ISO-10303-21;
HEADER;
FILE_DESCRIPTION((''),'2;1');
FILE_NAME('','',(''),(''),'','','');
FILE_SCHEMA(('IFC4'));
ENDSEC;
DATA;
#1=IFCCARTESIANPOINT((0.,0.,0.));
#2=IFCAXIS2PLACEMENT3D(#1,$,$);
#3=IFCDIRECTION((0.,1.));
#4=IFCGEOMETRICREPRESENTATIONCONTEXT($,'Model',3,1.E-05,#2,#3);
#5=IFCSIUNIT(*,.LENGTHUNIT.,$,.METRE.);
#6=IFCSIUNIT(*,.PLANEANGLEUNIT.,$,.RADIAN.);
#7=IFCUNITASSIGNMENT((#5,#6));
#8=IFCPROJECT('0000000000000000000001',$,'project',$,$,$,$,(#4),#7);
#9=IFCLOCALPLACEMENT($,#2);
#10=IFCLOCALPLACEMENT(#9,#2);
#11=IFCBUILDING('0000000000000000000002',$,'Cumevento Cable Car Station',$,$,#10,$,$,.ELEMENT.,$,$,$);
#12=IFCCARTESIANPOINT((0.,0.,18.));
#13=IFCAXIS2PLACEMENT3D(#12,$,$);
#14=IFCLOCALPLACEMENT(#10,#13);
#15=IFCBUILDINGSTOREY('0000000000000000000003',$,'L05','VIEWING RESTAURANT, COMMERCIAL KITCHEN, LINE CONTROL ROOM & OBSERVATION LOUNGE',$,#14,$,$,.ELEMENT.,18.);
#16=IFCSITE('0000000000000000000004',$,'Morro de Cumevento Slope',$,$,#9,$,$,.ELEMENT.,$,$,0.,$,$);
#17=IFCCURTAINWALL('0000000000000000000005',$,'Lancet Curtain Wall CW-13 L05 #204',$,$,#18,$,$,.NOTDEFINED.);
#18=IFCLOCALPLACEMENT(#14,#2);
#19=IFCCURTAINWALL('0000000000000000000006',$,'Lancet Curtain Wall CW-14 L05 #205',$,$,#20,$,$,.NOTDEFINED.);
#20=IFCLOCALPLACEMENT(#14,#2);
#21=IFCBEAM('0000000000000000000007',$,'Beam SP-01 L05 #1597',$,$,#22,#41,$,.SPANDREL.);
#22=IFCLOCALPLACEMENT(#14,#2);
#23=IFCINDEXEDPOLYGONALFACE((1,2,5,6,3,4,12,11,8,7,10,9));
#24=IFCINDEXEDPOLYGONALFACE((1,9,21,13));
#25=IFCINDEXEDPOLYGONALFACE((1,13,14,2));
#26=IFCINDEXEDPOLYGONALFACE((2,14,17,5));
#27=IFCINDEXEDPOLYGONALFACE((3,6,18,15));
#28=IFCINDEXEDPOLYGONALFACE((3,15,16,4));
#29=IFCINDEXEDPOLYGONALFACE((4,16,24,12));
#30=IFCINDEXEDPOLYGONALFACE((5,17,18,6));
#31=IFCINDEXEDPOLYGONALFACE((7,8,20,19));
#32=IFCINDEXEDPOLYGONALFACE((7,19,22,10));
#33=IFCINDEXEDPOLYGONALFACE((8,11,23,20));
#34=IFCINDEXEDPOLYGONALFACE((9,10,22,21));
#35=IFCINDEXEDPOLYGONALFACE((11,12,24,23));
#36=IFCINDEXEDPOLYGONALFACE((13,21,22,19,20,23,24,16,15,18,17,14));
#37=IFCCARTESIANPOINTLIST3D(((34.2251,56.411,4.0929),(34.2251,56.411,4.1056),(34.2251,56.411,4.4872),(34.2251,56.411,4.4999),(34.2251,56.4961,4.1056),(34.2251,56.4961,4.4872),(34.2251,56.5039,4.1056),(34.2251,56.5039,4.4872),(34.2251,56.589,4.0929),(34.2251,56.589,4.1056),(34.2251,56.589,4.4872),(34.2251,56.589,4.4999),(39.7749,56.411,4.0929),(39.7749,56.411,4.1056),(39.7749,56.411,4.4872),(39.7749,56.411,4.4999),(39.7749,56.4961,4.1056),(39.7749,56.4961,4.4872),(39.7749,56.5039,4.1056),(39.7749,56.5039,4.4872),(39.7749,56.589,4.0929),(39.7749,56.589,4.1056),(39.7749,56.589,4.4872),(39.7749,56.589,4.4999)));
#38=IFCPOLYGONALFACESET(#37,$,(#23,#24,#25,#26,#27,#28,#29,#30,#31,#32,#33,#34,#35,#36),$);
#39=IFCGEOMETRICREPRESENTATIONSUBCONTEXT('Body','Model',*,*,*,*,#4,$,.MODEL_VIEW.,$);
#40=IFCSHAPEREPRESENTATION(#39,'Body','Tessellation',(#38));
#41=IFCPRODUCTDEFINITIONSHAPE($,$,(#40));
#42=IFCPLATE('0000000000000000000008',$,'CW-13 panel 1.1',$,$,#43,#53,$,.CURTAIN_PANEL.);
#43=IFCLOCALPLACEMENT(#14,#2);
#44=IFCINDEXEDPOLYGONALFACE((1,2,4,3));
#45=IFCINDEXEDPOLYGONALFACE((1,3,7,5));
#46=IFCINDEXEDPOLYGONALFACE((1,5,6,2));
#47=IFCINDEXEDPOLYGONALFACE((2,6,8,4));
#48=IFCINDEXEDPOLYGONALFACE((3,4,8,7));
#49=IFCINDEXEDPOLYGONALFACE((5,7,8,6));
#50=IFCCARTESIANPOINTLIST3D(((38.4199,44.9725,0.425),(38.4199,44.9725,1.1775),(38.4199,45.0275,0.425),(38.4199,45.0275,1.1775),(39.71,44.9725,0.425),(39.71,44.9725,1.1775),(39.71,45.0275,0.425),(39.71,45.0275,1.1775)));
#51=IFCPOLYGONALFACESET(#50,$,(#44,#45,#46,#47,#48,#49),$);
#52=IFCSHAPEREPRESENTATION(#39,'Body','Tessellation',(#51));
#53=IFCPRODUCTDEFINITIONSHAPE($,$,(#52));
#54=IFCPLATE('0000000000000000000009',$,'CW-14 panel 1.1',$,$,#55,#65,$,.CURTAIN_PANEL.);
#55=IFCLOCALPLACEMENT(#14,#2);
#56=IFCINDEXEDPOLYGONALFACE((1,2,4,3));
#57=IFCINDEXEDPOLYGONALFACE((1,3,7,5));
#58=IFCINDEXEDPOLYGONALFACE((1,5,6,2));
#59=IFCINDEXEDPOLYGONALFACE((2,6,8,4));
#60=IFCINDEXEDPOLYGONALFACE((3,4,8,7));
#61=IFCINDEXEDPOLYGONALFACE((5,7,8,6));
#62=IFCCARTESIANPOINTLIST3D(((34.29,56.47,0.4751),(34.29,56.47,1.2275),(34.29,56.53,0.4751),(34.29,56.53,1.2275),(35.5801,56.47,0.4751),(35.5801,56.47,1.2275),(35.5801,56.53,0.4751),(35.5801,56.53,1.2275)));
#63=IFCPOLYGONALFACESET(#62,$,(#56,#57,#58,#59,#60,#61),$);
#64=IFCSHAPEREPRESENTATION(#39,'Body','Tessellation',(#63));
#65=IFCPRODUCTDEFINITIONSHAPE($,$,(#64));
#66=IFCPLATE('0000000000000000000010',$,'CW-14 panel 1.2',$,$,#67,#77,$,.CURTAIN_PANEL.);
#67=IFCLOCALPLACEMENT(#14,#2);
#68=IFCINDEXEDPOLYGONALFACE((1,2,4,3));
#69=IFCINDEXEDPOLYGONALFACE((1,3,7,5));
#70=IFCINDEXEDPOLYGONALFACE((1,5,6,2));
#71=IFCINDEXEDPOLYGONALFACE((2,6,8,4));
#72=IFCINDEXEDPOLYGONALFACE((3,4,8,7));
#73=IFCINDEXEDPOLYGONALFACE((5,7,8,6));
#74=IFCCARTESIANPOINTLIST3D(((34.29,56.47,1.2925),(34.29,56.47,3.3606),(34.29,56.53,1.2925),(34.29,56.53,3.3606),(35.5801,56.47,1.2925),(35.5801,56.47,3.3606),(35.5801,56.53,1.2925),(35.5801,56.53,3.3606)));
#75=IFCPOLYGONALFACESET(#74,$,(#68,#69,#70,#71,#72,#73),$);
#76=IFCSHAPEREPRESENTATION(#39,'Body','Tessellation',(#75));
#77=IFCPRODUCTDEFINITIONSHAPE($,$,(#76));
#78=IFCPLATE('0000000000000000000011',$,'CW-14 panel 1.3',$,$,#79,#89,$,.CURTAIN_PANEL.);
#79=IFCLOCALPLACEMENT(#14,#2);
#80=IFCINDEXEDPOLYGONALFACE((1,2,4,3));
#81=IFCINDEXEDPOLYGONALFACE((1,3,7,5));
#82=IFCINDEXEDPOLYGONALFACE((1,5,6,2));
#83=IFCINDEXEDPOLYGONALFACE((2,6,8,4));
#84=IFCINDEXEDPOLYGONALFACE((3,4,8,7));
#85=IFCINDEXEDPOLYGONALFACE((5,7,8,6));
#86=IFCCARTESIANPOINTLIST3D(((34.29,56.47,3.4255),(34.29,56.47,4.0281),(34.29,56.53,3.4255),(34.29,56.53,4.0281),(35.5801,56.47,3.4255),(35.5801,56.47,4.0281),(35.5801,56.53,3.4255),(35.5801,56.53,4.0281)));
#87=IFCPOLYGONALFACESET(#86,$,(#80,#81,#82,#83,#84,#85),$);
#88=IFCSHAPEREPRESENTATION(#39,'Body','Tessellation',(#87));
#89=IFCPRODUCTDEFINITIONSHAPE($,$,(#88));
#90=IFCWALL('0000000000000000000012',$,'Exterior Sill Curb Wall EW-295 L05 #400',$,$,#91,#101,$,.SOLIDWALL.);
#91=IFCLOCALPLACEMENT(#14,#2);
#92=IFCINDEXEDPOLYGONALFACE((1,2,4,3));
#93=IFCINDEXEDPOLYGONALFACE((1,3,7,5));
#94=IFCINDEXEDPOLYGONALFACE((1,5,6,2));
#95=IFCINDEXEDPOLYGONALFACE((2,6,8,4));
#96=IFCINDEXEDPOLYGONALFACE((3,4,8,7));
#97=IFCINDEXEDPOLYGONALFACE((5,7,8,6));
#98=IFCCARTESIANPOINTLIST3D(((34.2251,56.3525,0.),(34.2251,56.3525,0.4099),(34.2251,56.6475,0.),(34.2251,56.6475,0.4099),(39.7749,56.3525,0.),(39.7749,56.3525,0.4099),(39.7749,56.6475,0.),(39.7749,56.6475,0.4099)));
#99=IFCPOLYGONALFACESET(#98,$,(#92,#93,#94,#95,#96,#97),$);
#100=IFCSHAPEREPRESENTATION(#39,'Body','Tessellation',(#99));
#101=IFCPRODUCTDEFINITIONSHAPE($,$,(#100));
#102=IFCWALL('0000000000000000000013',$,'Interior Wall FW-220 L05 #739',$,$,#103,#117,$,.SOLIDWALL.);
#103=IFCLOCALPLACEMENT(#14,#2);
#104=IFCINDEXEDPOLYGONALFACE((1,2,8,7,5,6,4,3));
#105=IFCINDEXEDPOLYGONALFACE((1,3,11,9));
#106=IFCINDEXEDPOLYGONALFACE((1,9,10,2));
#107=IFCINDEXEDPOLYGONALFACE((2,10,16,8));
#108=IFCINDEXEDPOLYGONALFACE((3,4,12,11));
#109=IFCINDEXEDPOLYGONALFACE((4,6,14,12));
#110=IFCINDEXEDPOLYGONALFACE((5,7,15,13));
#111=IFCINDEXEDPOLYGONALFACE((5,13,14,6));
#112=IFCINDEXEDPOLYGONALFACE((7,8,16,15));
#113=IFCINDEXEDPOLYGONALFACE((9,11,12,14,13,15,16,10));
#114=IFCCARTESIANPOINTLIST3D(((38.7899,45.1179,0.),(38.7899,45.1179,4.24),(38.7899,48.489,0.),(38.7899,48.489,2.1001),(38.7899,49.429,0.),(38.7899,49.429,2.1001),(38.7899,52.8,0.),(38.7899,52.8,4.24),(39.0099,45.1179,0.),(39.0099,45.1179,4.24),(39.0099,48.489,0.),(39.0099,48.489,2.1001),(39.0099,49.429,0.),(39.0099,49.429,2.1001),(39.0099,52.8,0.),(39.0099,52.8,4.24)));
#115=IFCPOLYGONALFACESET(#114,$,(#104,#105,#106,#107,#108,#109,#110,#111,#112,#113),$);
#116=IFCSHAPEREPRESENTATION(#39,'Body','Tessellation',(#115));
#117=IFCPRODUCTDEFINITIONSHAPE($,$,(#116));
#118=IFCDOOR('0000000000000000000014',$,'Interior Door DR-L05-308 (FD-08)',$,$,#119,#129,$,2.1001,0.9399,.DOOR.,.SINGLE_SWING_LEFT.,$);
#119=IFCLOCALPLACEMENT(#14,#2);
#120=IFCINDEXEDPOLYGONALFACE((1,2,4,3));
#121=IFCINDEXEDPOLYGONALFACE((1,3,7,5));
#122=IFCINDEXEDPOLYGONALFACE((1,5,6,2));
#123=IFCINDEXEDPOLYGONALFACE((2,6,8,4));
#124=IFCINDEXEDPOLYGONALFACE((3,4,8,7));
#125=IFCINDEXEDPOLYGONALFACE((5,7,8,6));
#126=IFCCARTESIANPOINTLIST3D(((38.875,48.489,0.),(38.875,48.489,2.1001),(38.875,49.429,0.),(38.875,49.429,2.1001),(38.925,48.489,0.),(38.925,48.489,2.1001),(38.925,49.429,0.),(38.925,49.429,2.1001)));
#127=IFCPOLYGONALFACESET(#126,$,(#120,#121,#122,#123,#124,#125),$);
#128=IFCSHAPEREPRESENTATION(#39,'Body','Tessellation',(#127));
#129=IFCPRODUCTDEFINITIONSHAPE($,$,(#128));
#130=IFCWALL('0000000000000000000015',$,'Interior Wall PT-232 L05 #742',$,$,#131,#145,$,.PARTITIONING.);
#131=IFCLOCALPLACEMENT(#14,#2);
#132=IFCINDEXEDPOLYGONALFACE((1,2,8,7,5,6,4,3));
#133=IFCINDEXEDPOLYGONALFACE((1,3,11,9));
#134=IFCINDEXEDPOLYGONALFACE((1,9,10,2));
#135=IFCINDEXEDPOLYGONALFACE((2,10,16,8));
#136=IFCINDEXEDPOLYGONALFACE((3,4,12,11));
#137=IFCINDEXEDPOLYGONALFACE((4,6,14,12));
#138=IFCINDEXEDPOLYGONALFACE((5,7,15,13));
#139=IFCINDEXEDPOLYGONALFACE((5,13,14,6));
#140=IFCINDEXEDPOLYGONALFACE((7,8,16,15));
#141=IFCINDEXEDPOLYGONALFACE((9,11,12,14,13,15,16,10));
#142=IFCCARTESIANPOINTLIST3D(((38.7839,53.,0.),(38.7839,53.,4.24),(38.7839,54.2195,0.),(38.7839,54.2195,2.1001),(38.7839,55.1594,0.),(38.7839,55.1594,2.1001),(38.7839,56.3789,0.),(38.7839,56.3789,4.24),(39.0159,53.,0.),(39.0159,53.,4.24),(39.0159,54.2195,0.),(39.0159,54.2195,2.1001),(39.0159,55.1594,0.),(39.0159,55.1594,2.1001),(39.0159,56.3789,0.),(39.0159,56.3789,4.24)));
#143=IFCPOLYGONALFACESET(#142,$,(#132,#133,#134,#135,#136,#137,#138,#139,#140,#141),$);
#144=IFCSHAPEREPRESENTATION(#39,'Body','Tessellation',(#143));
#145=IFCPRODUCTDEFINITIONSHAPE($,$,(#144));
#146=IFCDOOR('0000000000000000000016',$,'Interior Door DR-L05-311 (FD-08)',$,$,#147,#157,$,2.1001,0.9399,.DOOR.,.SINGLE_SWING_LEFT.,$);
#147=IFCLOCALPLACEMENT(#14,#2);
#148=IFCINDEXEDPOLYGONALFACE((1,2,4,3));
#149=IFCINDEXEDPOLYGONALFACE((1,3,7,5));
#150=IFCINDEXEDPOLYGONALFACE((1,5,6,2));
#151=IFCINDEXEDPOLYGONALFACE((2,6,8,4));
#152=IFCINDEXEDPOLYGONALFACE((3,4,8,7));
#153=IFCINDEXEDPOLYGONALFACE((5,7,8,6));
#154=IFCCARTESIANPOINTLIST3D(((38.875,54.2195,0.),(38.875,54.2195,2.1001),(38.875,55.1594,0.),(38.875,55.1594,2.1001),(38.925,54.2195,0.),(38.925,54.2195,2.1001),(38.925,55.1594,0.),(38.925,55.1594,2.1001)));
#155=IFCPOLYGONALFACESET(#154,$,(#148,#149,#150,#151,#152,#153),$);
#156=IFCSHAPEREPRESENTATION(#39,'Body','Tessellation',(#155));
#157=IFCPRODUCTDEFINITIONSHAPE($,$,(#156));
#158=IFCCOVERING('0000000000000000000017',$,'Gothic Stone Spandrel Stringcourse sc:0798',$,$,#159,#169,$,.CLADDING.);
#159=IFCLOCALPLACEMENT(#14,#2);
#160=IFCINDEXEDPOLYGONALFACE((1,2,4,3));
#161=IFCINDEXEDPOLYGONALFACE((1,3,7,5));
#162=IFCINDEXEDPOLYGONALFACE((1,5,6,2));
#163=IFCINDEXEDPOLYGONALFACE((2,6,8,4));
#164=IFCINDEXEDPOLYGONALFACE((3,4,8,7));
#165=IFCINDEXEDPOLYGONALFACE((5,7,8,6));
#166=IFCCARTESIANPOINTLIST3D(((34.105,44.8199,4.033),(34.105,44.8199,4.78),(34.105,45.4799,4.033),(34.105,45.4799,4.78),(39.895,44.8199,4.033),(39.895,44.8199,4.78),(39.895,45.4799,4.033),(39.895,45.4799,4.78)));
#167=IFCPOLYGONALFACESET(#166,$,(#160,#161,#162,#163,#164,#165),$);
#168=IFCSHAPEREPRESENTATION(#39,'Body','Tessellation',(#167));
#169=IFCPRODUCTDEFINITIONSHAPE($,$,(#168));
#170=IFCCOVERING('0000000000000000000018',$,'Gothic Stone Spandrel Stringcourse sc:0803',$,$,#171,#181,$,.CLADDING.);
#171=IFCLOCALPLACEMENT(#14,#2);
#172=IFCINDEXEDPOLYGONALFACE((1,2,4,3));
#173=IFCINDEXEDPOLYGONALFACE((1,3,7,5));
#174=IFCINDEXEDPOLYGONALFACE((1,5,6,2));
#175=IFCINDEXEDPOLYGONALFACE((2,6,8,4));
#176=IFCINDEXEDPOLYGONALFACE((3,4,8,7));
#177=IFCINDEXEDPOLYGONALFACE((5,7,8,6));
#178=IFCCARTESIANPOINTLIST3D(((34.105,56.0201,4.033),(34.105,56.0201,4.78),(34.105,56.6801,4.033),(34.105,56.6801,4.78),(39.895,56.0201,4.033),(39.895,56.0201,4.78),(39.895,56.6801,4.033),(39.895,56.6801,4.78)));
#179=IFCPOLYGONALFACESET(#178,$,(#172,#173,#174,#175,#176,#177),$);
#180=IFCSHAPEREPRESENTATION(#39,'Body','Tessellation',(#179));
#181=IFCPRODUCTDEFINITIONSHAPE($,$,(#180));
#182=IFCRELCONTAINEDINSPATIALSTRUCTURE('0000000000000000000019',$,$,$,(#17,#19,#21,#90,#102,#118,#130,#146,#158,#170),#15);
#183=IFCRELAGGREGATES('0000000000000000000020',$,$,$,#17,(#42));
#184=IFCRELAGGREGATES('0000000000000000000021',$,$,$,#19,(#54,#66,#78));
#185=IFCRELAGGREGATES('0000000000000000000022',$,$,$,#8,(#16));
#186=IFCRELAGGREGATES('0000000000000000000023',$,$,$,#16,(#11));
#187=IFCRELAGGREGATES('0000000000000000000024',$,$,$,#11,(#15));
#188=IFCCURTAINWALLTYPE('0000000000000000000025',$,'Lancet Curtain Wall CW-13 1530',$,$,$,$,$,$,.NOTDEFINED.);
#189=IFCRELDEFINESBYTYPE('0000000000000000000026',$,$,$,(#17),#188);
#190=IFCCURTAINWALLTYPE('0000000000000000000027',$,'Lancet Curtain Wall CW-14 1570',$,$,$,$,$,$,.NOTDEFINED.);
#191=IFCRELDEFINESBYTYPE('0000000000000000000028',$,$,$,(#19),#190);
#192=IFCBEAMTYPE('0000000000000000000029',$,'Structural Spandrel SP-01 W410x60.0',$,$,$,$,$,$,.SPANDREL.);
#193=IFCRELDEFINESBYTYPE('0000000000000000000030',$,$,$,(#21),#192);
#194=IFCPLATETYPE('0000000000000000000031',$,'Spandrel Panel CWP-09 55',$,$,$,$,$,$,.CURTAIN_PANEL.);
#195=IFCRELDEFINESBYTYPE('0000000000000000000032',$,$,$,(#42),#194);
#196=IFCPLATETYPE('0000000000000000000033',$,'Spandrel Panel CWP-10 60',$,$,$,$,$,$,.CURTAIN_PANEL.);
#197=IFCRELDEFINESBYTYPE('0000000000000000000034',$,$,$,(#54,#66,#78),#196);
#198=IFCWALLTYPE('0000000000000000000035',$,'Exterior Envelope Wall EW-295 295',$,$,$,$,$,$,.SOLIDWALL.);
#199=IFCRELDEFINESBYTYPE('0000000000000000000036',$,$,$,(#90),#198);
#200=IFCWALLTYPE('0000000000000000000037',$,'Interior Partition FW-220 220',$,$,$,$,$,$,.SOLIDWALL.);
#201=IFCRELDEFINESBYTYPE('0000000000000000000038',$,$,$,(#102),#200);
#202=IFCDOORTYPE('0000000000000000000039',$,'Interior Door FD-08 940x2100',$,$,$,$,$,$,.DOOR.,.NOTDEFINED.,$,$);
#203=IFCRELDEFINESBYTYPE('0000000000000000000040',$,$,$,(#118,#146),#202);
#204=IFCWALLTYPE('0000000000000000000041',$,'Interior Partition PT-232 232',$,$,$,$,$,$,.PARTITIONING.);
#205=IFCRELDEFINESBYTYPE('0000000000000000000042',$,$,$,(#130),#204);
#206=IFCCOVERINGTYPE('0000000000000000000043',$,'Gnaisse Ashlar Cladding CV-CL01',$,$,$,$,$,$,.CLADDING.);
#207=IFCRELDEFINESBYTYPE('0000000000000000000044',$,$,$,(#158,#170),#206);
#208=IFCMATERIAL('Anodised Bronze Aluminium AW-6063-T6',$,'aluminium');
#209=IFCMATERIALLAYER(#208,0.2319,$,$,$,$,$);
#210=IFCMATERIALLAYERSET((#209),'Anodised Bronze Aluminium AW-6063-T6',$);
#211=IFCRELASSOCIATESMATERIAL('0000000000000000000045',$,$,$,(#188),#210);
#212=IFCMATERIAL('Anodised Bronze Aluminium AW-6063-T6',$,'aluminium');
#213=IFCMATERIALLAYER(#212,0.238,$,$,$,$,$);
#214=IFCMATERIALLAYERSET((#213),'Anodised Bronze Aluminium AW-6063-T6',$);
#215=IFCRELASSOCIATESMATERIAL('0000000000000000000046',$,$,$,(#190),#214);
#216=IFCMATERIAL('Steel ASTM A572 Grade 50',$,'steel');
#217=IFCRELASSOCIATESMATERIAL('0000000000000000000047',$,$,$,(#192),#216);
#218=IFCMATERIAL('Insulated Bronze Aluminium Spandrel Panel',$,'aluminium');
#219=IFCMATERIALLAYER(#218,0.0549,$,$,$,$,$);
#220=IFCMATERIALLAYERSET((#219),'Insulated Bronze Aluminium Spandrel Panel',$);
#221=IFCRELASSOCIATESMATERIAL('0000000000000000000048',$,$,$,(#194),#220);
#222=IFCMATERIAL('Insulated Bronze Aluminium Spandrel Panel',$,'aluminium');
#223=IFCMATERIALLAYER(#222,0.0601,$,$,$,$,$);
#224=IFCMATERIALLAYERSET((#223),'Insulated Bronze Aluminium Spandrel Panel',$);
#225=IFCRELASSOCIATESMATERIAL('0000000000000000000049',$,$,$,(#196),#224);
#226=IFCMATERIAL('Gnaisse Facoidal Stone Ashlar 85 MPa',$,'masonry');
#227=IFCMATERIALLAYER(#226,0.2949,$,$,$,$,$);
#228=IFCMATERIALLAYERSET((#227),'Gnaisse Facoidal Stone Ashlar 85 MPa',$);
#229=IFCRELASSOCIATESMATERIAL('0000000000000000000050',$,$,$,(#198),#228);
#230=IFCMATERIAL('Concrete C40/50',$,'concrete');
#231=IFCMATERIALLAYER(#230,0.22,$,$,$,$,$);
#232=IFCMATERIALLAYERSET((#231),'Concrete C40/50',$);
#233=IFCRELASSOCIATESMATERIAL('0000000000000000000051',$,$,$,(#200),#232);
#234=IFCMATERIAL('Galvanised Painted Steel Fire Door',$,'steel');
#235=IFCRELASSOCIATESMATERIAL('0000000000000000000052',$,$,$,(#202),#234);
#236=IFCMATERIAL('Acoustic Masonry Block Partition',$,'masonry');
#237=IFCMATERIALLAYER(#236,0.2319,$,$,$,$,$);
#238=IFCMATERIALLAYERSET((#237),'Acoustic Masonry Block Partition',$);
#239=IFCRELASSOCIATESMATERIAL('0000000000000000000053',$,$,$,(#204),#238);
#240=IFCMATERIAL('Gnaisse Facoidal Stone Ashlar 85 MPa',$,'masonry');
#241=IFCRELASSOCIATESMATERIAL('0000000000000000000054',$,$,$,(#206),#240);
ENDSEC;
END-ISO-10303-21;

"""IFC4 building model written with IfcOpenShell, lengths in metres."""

from ifc_helpers import new_model, si_unit, direction, frame, frame_2d, origin, origin_2d, place, context, subcontext, project, spatial, rectangle, i_section, extrude, material, layer, layer_set, material_profile, profile_set, type_object, element, fill, aggregate, save


model = new_model("IFC4")

# Units and contexts
model_context = context("Model", 3, precision=1e-05, world=origin(), true_north=direction((0.0, 1.0)))
body_context = subcontext(model_context, "Body", "Model", "MODEL_VIEW")
ifc_project = project(units=[si_unit("LENGTHUNIT", "METRE"), si_unit("PLANEANGLEUNIT", "RADIAN")], contexts=[model_context])

# Site, building, storey
site_placement = place(None, origin())
site = spatial("IfcSite", under=ifc_project, at=site_placement, Name="Morro de Cumevento Slope", CompositionType="ELEMENT", RefElevation=0.0)
building_placement = place(site_placement, origin())
building = spatial("IfcBuilding", under=site, at=building_placement, Name="Cumevento Cable Car Station", CompositionType="ELEMENT")
storey_placement = place(building_placement, frame((0.0, 0.0, 18.0)))
storey = spatial("IfcBuildingStorey", under=building, at=storey_placement, Name="L05", Description="VIEWING RESTAURANT, COMMERCIAL KITCHEN, LINE CONTROL ROOM & OBSERVATION LOUNGE", CompositionType="ELEMENT", Elevation=18.0)

# Curtain wall
ifc_material_1 = material(Name="Anodised Bronze Aluminium AW-6063-T6", Category="aluminium")
ifc_layer_1 = layer(ifc_material_1, 0.2319)
ifc_layer_set_1 = layer_set([ifc_layer_1], Name="Anodised Bronze Aluminium AW-6063-T6")
curtain_wall_type_1 = type_object("IfcCurtainWallType", Name="Lancet Curtain Wall CW-13 1530", PredefinedType="NOTDEFINED", material=ifc_layer_set_1)
curtain_wall_1_placement = place(storey_placement, origin())
curtain_wall_1 = element("IfcCurtainWall", 1, at=curtain_wall_1_placement, inside=storey, type_object=curtain_wall_type_1, Name="Lancet Curtain Wall CW-13 L05 #204", PredefinedType="NOTDEFINED")

# Curtain wall
ifc_material_2 = material(Name="Anodised Bronze Aluminium AW-6063-T6", Category="aluminium")
ifc_layer_2 = layer(ifc_material_2, 0.238)
ifc_layer_set_2 = layer_set([ifc_layer_2], Name="Anodised Bronze Aluminium AW-6063-T6")
curtain_wall_type_2 = type_object("IfcCurtainWallType", Name="Lancet Curtain Wall CW-14 1570", PredefinedType="NOTDEFINED", material=ifc_layer_set_2)
curtain_wall_2_placement = place(storey_placement, origin())
curtain_wall_2 = element("IfcCurtainWall", 2, at=curtain_wall_2_placement, inside=storey, type_object=curtain_wall_type_2, Name="Lancet Curtain Wall CW-14 L05 #205", PredefinedType="NOTDEFINED")

# Beam
ifc_material_3 = material(Name="Steel ASTM A572 Grade 50", Category="steel")
ifc_material_profile_1 = material_profile(ifc_material_3, i_section(OverallWidth=0.178, OverallDepth=0.407, WebThickness=0.0078, FlangeThickness=0.0127, at=origin_2d()), Name="W410x60.0")
ifc_profile_set_1 = profile_set([ifc_material_profile_1], Name="Steel ASTM A572 Grade 50")
beam_type_1 = type_object("IfcBeamType", Name="Structural Spandrel SP-01 W410x60.0", PredefinedType="SPANDREL", material=ifc_profile_set_1)
beam_1_placement = place(storey_placement, frame((34.2251, 56.5, 4.2964), z_axis=(1.0, 0.0, 0.0), x_axis=(0.0, 1.0, 0.0)))
element("IfcBeam", 3, at=beam_1_placement, inside=storey, type_object=beam_type_1, Name="Beam SP-01 L05 #1597", PredefinedType="SPANDREL", context=body_context, shape_type="SweptSolid", body=[
    extrude(i_section(OverallWidth=0.178, OverallDepth=0.407, WebThickness=0.0078, FlangeThickness=0.0127, at=origin_2d()), origin(), (0.0, 0.0, 1.0), 5.5498),
])

# Plates
ifc_material_4 = material(Name="Insulated Bronze Aluminium Spandrel Panel", Category="aluminium")
ifc_layer_3 = layer(ifc_material_4, 0.0549)
ifc_layer_set_3 = layer_set([ifc_layer_3], Name="Insulated Bronze Aluminium Spandrel Panel")
plate_type_1 = type_object("IfcPlateType", Name="Spandrel Panel CWP-09 55", PredefinedType="CURTAIN_PANEL", material=ifc_layer_set_3)
plate_1_placement = place(storey_placement, frame((39.0649, 45.0, 0.425), z_axis=(0.0, 0.0, 1.0), x_axis=(-1.0, 0.0, 0.0)))
plate_1 = element("IfcPlate", 4, at=plate_1_placement, type_object=plate_type_1, Name="CW-13 panel 1.1", PredefinedType="CURTAIN_PANEL", context=body_context, shape_type="SweptSolid", body=[
    extrude(rectangle(XDim=1.29, YDim=0.0549, at=origin_2d()), origin(), (0.0, 0.0, 1.0), 0.7524),
])
aggregate(curtain_wall_1, [plate_1])
ifc_material_5 = material(Name="Insulated Bronze Aluminium Spandrel Panel", Category="aluminium")
ifc_layer_4 = layer(ifc_material_5, 0.0601)
ifc_layer_set_4 = layer_set([ifc_layer_4], Name="Insulated Bronze Aluminium Spandrel Panel")
plate_type_2 = type_object("IfcPlateType", Name="Spandrel Panel CWP-10 60", PredefinedType="CURTAIN_PANEL", material=ifc_layer_set_4)
plate_2_placement = place(storey_placement, frame((34.9351, 56.5, 0.4751), z_axis=(0.0, 0.0, 1.0), x_axis=(1.0, 0.0, 0.0)))
plate_2 = element("IfcPlate", 5, at=plate_2_placement, type_object=plate_type_2, Name="CW-14 panel 1.1", PredefinedType="CURTAIN_PANEL", context=body_context, shape_type="SweptSolid", body=[
    extrude(rectangle(XDim=1.29, YDim=0.0601, at=origin_2d()), origin(), (0.0, 0.0, 1.0), 0.7524),
])
plate_3_placement = place(storey_placement, frame((34.9351, 56.5, 1.2925), z_axis=(0.0, 0.0, 1.0), x_axis=(1.0, 0.0, 0.0)))
plate_3 = element("IfcPlate", 6, at=plate_3_placement, type_object=plate_type_2, Name="CW-14 panel 1.2", PredefinedType="CURTAIN_PANEL", context=body_context, shape_type="SweptSolid", body=[
    extrude(rectangle(XDim=1.29, YDim=0.0601, at=origin_2d()), origin(), (0.0, 0.0, 1.0), 2.0681),
])
plate_4_placement = place(storey_placement, frame((34.9351, 56.5, 3.4255), z_axis=(0.0, 0.0, 1.0), x_axis=(1.0, 0.0, 0.0)))
plate_4 = element("IfcPlate", 7, at=plate_4_placement, type_object=plate_type_2, Name="CW-14 panel 1.3", PredefinedType="CURTAIN_PANEL", context=body_context, shape_type="SweptSolid", body=[
    extrude(rectangle(XDim=1.29, YDim=0.0601, at=origin_2d()), origin(), (0.0, 0.0, 1.0), 0.6025),
])
aggregate(curtain_wall_2, [plate_2, plate_3, plate_4])

# Wall
ifc_material_6 = material(Name="Gnaisse Facoidal Stone Ashlar 85 MPa", Category="masonry")
ifc_layer_5 = layer(ifc_material_6, 0.2949)
ifc_layer_set_5 = layer_set([ifc_layer_5], Name="Gnaisse Facoidal Stone Ashlar 85 MPa")
wall_type_1 = type_object("IfcWallType", Name="Exterior Envelope Wall EW-295 295", PredefinedType="SOLIDWALL", material=ifc_layer_set_5)
wall_1_placement = place(storey_placement, frame((34.2251, 56.5, 0.0), z_axis=(0.0, 0.0, 1.0), x_axis=(1.0, 0.0, 0.0)))
element("IfcWall", 8, at=wall_1_placement, inside=storey, type_object=wall_type_1, Name="Exterior Sill Curb Wall EW-295 L05 #400", PredefinedType="SOLIDWALL", context=body_context, shape_type="SweptSolid", body=[
    extrude(rectangle(XDim=5.5498, YDim=0.2949, at=frame_2d((2.7749, 0.0))), origin(), (0.0, 0.0, 1.0), 0.4099),
])

# Walls, openings, doors
ifc_material_7 = material(Name="Concrete C40/50", Category="concrete")
ifc_layer_6 = layer(ifc_material_7, 0.22)
ifc_layer_set_6 = layer_set([ifc_layer_6], Name="Concrete C40/50")
wall_type_2 = type_object("IfcWallType", Name="Interior Partition FW-220 220", PredefinedType="SOLIDWALL", material=ifc_layer_set_6)
wall_2_placement = place(storey_placement, frame((38.8999, 45.1179, 0.0), z_axis=(0.0, 0.0, 1.0), x_axis=(0.0, 1.0, 0.0)))
wall_2 = element("IfcWall", 9, at=wall_2_placement, inside=storey, type_object=wall_type_2, Name="Interior Wall FW-220 L05 #739", PredefinedType="SOLIDWALL", context=body_context, shape_type="SweptSolid", body=[
    extrude(rectangle(XDim=7.6821, YDim=0.22, at=frame_2d((3.8411, 0.0))), origin(), (0.0, 0.0, 1.0), 4.24),
])
opening_1_placement = place(wall_2_placement, frame((3.3711, 0.0, 0.0)))
opening_1 = element("IfcOpeningElement", 10, at=opening_1_placement, cuts=wall_2, PredefinedType="OPENING", context=body_context, shape_type="SweptSolid", body=[
    extrude(rectangle(XDim=0.9399, YDim=2.1001, at=frame_2d((0.47, 1.05))), frame((0.0, 0.1199, 0.0), z_axis=(0.0, -1.0, 0.0), x_axis=(1.0, 0.0, 0.0)), (0.0, 0.0, 1.0), 0.24),
])
ifc_material_8 = material(Name="Galvanised Painted Steel Fire Door", Category="steel")
door_type = type_object("IfcDoorType", Name="Interior Door FD-08 940x2100", OperationType="NOTDEFINED", PredefinedType="DOOR", material=ifc_material_8)
door_1_placement = place(opening_1_placement, origin())
door_1 = element("IfcDoor", 11, at=door_1_placement, inside=storey, type_object=door_type, Name="Interior Door DR-L05-308 (FD-08)", OperationType="SINGLE_SWING_LEFT", OverallHeight=2.1001, OverallWidth=0.9399, PredefinedType="DOOR", context=body_context, shape_type="SweptSolid", body=[
    extrude(rectangle(XDim=0.9399, YDim=2.1001, at=frame_2d((0.47, 1.05))), frame((0.0, 0.0249, 0.0), z_axis=(0.0, -1.0, 0.0), x_axis=(1.0, 0.0, 0.0)), (0.0, 0.0, 1.0), 0.05),
])
fill(opening_1, door_1)
ifc_material_9 = material(Name="Acoustic Masonry Block Partition", Category="masonry")
ifc_layer_7 = layer(ifc_material_9, 0.2319)
ifc_layer_set_7 = layer_set([ifc_layer_7], Name="Acoustic Masonry Block Partition")
wall_type_3 = type_object("IfcWallType", Name="Interior Partition PT-232 232", PredefinedType="PARTITIONING", material=ifc_layer_set_7)
wall_3_placement = place(storey_placement, frame((38.8999, 53.0, 0.0), z_axis=(0.0, 0.0, 1.0), x_axis=(0.0, 1.0, 0.0)))
wall_3 = element("IfcWall", 12, at=wall_3_placement, inside=storey, type_object=wall_type_3, Name="Interior Wall PT-232 L05 #742", PredefinedType="PARTITIONING", context=body_context, shape_type="SweptSolid", body=[
    extrude(rectangle(XDim=3.3789, YDim=0.2319, at=frame_2d((1.6895, 0.0))), origin(), (0.0, 0.0, 1.0), 4.24),
])
opening_2_placement = place(wall_3_placement, frame((1.2195, 0.0, 0.0)))
opening_2 = element("IfcOpeningElement", 13, at=opening_2_placement, cuts=wall_3, PredefinedType="OPENING", context=body_context, shape_type="SweptSolid", body=[
    extrude(rectangle(XDim=0.9399, YDim=2.1001, at=frame_2d((0.47, 1.05))), frame((0.0, 0.126, 0.0), z_axis=(0.0, -1.0, 0.0), x_axis=(1.0, 0.0, 0.0)), (0.0, 0.0, 1.0), 0.252),
])
door_2_placement = place(opening_2_placement, origin())
door_2 = element("IfcDoor", 14, at=door_2_placement, inside=storey, type_object=door_type, Name="Interior Door DR-L05-311 (FD-08)", OperationType="SINGLE_SWING_LEFT", OverallHeight=2.1001, OverallWidth=0.9399, PredefinedType="DOOR", context=body_context, shape_type="SweptSolid", body=[
    extrude(rectangle(XDim=0.9399, YDim=2.1001, at=frame_2d((0.47, 1.05))), frame((0.0, 0.0249, 0.0), z_axis=(0.0, -1.0, 0.0), x_axis=(1.0, 0.0, 0.0)), (0.0, 0.0, 1.0), 0.05),
])
fill(opening_2, door_2)

# Coverings
ifc_material_10 = material(Name="Gnaisse Facoidal Stone Ashlar 85 MPa", Category="masonry")
covering_type = type_object("IfcCoveringType", Name="Gnaisse Ashlar Cladding CV-CL01", PredefinedType="CLADDING", material=ifc_material_10)
for number, where, z_axis, x_axis, name in (
    (15, (37.0, 45.1499, 4.033), (0.0, 0.0, 1.0), (-1.0, 0.0, 0.0), "Gothic Stone Spandrel Stringcourse sc:0798"),
    (16, (37.0, 56.3501, 4.033), (0.0, 0.0, 1.0), (1.0, 0.0, 0.0), "Gothic Stone Spandrel Stringcourse sc:0803"),
):
    element("IfcCovering", number, at=place(storey_placement, frame(where, z_axis=z_axis, x_axis=x_axis)), inside=storey, type_object=covering_type, Name=name, PredefinedType="CLADDING", context=body_context, shape_type="SweptSolid", body=[
        extrude(rectangle(XDim=5.79, YDim=0.6599, at=origin_2d()), origin(), (0.0, 0.0, 1.0), 0.7471),
    ])

save(model, "model.ifc")
